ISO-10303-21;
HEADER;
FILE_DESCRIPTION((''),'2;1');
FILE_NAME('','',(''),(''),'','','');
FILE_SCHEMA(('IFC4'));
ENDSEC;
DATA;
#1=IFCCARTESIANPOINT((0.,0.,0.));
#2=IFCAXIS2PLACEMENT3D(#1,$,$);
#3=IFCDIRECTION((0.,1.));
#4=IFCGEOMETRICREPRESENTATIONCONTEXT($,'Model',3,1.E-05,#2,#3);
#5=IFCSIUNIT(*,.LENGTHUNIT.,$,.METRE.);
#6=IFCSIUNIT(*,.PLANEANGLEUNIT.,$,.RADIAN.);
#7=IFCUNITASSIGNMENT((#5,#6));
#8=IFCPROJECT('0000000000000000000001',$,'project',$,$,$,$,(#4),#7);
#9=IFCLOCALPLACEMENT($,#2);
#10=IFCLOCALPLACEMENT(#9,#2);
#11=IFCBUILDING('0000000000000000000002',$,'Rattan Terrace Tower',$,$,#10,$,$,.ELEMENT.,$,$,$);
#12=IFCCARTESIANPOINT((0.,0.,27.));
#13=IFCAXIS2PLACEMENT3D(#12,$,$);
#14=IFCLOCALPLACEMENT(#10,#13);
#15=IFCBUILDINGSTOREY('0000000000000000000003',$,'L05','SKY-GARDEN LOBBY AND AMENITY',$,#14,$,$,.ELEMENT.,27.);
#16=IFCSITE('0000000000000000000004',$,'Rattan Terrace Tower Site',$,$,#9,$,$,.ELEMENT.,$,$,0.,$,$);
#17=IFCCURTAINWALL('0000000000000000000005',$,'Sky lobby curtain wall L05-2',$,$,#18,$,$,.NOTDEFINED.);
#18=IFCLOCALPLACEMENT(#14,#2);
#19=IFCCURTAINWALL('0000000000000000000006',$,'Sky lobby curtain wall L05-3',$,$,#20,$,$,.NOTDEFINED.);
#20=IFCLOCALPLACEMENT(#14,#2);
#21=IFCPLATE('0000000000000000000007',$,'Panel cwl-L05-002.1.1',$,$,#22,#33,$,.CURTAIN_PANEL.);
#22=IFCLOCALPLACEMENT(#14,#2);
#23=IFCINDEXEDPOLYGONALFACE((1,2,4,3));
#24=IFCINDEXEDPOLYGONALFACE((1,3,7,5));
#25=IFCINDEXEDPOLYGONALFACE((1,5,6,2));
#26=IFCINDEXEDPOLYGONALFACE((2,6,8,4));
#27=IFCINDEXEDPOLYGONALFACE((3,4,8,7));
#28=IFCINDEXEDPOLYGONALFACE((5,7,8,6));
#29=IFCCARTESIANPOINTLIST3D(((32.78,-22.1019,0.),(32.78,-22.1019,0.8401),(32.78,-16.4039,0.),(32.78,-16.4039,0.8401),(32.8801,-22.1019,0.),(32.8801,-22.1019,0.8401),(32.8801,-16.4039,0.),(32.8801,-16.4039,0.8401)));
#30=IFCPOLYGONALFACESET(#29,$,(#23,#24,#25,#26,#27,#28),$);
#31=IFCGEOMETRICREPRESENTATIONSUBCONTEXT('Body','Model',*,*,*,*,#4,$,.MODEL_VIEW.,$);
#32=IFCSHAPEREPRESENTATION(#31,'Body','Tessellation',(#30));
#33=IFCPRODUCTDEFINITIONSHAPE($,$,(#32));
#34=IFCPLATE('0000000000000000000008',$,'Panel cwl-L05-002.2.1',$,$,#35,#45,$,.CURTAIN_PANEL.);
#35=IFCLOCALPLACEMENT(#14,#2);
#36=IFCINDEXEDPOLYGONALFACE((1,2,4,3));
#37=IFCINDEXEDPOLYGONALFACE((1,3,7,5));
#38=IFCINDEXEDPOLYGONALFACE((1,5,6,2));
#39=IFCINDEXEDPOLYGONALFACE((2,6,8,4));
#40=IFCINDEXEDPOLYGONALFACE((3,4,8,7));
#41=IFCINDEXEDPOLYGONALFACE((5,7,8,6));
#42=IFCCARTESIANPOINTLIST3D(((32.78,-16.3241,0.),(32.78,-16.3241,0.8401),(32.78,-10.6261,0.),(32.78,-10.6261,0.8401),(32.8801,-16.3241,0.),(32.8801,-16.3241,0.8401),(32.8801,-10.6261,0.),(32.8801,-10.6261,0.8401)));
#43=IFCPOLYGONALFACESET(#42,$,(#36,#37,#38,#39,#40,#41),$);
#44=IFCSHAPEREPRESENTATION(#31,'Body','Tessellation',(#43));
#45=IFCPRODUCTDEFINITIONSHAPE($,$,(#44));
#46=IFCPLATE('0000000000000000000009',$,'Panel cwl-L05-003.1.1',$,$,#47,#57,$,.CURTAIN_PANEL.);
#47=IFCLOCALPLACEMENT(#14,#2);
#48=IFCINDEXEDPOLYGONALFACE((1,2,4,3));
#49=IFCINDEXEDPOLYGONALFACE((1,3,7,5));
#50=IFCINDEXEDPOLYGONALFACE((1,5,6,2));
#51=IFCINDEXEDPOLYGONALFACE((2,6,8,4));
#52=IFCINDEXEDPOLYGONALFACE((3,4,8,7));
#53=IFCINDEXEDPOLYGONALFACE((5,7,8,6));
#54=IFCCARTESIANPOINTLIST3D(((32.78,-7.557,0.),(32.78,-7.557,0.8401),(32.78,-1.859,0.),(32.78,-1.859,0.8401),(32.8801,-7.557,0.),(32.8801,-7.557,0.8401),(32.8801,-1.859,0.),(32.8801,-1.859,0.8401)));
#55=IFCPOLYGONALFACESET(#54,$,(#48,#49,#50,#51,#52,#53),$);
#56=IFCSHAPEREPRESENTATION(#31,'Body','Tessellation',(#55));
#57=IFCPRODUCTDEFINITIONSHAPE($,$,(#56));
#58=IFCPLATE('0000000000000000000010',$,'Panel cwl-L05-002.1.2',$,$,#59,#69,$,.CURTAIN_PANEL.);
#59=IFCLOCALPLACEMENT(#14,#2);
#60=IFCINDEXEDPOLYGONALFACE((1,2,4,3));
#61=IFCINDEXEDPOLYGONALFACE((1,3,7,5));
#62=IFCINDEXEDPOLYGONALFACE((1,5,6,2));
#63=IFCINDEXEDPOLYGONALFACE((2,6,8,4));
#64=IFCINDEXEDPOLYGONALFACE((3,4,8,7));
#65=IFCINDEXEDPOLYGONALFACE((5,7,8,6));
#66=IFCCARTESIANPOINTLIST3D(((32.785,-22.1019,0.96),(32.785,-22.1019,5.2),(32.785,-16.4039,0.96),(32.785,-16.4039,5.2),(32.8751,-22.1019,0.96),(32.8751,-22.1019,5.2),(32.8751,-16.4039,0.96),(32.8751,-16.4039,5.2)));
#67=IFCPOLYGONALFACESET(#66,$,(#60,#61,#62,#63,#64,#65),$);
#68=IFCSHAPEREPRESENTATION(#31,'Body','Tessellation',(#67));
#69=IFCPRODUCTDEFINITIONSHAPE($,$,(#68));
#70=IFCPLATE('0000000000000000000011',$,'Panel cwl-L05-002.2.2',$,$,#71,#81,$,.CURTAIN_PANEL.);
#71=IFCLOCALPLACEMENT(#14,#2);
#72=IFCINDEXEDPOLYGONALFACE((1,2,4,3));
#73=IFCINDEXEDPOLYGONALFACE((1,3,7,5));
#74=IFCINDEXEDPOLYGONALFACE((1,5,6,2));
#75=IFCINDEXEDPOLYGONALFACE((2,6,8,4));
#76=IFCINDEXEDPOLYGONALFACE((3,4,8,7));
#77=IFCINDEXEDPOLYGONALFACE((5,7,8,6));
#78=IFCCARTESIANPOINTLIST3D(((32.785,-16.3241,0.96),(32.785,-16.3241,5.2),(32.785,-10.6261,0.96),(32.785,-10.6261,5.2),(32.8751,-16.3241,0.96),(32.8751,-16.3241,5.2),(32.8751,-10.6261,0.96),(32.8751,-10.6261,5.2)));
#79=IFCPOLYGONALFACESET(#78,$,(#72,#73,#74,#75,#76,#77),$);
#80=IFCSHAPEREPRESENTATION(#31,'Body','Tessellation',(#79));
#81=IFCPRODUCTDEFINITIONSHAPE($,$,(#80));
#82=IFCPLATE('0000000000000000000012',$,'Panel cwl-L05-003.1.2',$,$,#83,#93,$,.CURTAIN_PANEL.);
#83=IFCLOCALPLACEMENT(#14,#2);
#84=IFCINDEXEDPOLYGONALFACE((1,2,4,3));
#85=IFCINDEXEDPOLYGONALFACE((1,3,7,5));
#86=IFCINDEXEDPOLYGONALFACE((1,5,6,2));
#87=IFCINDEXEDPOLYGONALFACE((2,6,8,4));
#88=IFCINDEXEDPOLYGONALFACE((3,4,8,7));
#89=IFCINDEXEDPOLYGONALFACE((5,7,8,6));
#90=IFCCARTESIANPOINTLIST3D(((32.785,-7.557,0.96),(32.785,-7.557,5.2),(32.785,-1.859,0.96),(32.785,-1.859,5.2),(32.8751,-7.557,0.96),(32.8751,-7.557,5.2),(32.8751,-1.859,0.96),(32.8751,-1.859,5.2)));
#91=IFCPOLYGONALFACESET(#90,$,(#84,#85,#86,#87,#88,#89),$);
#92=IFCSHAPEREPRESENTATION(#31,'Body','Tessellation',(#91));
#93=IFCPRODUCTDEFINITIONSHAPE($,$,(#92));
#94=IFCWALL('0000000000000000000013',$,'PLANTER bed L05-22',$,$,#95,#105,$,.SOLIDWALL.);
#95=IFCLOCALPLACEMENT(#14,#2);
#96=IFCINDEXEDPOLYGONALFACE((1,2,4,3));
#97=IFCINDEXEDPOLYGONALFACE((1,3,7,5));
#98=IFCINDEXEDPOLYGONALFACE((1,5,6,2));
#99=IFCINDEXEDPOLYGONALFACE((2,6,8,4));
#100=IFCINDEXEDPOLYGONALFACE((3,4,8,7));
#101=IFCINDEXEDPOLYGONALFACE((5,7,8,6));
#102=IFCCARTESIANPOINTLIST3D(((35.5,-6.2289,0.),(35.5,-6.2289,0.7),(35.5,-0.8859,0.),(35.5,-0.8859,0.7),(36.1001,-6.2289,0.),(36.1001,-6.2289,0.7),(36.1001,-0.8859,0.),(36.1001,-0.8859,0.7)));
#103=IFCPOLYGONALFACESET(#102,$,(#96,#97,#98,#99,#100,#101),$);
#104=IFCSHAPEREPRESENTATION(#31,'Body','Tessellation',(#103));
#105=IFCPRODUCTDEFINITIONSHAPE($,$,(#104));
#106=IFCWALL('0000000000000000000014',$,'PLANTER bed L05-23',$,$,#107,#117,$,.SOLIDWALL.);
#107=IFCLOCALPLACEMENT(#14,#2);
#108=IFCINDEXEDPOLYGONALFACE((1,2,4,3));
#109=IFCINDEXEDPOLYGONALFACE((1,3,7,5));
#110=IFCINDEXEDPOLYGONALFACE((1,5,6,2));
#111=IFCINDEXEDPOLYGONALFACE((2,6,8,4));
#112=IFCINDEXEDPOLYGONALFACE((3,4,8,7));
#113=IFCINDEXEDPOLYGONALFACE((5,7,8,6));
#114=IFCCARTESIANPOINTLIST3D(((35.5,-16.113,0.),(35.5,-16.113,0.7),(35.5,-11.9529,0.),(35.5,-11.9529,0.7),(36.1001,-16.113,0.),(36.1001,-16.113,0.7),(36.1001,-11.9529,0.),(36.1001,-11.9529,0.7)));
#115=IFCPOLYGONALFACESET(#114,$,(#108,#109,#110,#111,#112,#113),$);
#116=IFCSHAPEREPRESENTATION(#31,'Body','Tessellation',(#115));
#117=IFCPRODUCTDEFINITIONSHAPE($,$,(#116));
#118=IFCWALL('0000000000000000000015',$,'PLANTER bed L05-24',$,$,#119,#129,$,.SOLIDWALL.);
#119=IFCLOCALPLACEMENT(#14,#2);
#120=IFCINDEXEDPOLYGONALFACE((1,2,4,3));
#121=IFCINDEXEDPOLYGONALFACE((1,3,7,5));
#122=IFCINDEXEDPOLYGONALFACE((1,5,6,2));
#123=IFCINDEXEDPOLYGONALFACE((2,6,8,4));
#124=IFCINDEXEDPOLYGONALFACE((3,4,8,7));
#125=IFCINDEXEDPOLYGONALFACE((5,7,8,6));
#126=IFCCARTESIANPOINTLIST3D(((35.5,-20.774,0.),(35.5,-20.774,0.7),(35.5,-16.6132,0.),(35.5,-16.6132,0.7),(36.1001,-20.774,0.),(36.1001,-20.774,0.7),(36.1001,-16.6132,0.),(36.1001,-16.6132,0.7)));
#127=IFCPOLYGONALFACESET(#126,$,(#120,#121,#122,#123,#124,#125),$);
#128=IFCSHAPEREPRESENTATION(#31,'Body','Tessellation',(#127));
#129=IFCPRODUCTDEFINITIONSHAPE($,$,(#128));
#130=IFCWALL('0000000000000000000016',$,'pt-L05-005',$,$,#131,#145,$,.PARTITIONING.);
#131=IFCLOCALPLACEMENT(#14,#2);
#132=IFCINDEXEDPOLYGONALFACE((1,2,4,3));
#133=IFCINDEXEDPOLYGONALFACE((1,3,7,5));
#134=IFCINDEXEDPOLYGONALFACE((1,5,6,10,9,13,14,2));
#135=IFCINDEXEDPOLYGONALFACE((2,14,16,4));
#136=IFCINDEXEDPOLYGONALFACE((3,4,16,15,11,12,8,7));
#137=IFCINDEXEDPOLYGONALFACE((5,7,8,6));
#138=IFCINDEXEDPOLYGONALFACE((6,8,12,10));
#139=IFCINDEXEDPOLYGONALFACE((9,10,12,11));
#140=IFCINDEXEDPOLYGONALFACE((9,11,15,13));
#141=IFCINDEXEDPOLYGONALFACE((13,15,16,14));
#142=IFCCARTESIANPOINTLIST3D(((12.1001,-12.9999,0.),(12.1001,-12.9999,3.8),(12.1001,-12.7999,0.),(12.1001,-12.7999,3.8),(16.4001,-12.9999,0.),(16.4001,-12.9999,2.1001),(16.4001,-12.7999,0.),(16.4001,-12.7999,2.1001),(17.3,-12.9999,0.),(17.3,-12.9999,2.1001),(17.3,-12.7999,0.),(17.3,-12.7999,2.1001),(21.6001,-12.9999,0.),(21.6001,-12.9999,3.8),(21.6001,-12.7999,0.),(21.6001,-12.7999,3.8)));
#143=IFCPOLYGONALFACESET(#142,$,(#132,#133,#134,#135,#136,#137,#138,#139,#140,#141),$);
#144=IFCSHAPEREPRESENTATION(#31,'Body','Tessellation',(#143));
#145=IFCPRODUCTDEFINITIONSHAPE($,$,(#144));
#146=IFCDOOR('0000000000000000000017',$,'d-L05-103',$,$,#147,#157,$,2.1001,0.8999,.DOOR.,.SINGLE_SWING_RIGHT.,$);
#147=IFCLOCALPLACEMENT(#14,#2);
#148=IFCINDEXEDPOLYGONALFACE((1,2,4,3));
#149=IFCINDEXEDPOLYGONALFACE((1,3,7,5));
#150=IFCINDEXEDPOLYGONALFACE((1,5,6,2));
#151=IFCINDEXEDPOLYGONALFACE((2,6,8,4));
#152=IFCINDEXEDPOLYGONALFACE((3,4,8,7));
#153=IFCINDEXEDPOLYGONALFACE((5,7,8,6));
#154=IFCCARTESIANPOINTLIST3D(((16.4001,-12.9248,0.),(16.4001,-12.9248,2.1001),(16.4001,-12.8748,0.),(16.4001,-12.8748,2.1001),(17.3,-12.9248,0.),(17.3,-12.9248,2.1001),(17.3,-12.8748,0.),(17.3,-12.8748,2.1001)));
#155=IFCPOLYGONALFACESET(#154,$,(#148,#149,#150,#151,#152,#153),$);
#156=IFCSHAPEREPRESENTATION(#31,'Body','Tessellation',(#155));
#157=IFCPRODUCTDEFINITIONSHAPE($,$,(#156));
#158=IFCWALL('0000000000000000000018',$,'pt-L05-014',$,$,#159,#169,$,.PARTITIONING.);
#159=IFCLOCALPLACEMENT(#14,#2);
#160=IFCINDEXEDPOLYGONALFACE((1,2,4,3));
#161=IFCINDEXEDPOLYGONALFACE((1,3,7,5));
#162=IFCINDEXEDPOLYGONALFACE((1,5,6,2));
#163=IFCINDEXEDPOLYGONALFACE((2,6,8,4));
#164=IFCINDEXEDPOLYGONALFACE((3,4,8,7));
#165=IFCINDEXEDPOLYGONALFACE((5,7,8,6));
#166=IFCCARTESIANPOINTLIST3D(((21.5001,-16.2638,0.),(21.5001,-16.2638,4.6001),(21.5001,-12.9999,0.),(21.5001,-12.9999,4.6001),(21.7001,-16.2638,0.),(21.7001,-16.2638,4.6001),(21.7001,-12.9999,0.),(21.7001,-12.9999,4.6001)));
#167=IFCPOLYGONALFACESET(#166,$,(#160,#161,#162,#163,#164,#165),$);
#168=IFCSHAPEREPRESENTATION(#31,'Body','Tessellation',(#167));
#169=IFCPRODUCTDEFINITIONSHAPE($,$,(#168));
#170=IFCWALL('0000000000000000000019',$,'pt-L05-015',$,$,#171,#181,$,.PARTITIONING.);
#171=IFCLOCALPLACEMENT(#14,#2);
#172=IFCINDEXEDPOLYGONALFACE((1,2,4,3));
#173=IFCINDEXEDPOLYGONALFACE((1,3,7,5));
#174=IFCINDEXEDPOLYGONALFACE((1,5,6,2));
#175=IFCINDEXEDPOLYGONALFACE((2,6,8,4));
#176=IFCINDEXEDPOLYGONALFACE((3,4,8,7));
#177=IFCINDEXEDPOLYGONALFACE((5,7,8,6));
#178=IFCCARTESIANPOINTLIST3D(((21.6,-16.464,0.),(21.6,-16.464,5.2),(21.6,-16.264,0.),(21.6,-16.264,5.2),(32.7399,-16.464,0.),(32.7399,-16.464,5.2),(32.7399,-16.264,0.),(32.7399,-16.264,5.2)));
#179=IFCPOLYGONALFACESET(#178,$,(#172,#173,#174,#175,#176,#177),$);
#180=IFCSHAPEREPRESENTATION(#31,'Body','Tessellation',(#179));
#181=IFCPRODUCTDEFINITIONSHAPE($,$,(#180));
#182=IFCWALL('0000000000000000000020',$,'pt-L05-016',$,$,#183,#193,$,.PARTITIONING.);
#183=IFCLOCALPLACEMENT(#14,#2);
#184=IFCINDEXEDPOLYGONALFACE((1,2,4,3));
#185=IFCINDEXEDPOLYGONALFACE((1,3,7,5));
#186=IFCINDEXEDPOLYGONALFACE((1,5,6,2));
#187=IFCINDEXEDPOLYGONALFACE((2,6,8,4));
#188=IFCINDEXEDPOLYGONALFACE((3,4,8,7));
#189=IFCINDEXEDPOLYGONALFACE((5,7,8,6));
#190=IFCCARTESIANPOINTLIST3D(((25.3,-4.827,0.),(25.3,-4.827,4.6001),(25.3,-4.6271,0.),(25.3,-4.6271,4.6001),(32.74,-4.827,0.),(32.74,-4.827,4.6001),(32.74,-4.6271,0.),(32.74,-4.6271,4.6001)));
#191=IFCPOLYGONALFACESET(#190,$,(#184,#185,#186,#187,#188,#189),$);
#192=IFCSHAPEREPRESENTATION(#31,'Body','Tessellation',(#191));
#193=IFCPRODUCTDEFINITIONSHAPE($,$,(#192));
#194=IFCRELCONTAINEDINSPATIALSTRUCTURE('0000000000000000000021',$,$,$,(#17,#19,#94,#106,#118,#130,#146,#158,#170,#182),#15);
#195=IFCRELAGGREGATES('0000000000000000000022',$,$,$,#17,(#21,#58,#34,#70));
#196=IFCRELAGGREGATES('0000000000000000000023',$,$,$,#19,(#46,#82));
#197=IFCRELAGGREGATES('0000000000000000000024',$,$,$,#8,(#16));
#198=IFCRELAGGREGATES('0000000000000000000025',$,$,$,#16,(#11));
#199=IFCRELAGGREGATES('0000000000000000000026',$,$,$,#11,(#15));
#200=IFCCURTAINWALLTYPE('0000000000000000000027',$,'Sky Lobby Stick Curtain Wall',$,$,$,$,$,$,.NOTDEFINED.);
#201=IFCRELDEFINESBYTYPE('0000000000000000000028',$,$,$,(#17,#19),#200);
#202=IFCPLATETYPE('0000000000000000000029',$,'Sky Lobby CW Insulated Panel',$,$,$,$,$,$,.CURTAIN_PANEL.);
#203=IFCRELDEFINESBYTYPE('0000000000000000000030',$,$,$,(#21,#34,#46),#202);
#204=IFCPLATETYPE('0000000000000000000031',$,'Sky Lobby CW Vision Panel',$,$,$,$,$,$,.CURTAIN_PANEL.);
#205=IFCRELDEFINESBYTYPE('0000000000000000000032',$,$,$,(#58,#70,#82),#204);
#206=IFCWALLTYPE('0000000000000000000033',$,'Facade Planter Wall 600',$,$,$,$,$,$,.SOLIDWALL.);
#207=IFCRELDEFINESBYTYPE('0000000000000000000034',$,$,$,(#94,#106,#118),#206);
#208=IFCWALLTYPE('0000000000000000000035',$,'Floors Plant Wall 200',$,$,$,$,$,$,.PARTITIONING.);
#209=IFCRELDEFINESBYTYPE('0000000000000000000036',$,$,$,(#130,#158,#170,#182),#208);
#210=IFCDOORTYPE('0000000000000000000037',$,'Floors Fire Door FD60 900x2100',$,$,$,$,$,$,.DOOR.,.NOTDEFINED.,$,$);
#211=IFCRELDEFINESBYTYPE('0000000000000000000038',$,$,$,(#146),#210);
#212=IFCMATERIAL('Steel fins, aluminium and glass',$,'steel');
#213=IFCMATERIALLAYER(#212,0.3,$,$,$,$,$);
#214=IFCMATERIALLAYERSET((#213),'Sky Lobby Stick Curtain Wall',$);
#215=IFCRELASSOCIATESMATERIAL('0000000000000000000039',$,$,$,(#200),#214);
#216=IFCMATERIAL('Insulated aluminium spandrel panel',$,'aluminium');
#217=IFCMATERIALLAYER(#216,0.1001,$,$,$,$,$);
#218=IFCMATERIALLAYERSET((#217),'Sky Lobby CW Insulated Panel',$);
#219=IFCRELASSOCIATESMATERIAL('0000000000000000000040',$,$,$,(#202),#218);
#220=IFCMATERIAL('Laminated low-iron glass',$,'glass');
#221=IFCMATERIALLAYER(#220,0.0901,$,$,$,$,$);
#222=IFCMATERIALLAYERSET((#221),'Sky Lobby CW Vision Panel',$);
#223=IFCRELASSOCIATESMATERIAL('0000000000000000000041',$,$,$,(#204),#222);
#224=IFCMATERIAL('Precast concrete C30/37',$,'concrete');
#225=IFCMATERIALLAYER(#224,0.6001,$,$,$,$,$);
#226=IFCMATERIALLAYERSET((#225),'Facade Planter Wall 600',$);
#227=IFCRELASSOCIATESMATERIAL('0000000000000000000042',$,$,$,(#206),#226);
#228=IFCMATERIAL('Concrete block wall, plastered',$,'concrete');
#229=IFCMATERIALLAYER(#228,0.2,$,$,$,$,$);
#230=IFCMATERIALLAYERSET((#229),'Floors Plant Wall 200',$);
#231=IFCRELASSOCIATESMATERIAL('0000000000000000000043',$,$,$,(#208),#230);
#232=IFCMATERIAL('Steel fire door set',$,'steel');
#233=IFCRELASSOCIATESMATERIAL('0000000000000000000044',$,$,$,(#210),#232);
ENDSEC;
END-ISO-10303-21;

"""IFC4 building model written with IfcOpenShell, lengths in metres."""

from ifc_helpers import new_model, si_unit, direction, frame, frame_2d, origin, origin_2d, place, context, subcontext, project, spatial, rectangle, extrude, material, layer, layer_set, type_object, element, fill, aggregate, save


model = new_model("IFC4")

# Units and contexts
model_context = context("Model", 3, precision=1e-05, world=origin(), true_north=direction((0.0, 1.0)))
body_context = subcontext(model_context, "Body", "Model", "MODEL_VIEW")
ifc_project = project(units=[si_unit("LENGTHUNIT", "METRE"), si_unit("PLANEANGLEUNIT", "RADIAN")], contexts=[model_context])

# Site, building, storey
site_placement = place(None, origin())
site = spatial("IfcSite", under=ifc_project, at=site_placement, Name="Rattan Terrace Tower Site", CompositionType="ELEMENT", RefElevation=0.0)
building_placement = place(site_placement, origin())
building = spatial("IfcBuilding", under=site, at=building_placement, Name="Rattan Terrace Tower", CompositionType="ELEMENT")
storey_placement = place(building_placement, frame((0.0, 0.0, 27.0)))
storey = spatial("IfcBuildingStorey", under=building, at=storey_placement, Name="L05", Description="SKY-GARDEN LOBBY AND AMENITY", CompositionType="ELEMENT", Elevation=27.0)

# Curtain walls
ifc_material_1 = material(Name="Steel fins, aluminium and glass", Category="steel")
ifc_layer_1 = layer(ifc_material_1, 0.3)
ifc_layer_set_1 = layer_set([ifc_layer_1], Name="Sky Lobby Stick Curtain Wall")
curtain_wall_type = type_object("IfcCurtainWallType", Name="Sky Lobby Stick Curtain Wall", PredefinedType="NOTDEFINED", material=ifc_layer_set_1)
curtain_wall_1_placement = place(storey_placement, origin())
curtain_wall_1 = element("IfcCurtainWall", 1, at=curtain_wall_1_placement, inside=storey, type_object=curtain_wall_type, Name="Sky lobby curtain wall L05-2", PredefinedType="NOTDEFINED")
curtain_wall_2_placement = place(storey_placement, origin())
curtain_wall_2 = element("IfcCurtainWall", 2, at=curtain_wall_2_placement, inside=storey, type_object=curtain_wall_type, Name="Sky lobby curtain wall L05-3", PredefinedType="NOTDEFINED")

# Plates
ifc_material_2 = material(Name="Insulated aluminium spandrel panel", Category="aluminium")
ifc_layer_2 = layer(ifc_material_2, 0.1001)
ifc_layer_set_2 = layer_set([ifc_layer_2], Name="Sky Lobby CW Insulated Panel")
plate_type_1 = type_object("IfcPlateType", Name="Sky Lobby CW Insulated Panel", PredefinedType="CURTAIN_PANEL", material=ifc_layer_set_2)
plate_1_placement = place(storey_placement, frame((32.8301, -19.2529, 0.0), z_axis=(0.0, 0.0, 1.0), x_axis=(0.0, 1.0, 0.0)))
plate_1 = element("IfcPlate", 3, at=plate_1_placement, type_object=plate_type_1, Name="Panel cwl-L05-002.1.1", PredefinedType="CURTAIN_PANEL", context=body_context, shape_type="SweptSolid", body=[
    extrude(rectangle(XDim=5.698, YDim=0.1001, at=origin_2d()), origin(), (0.0, 0.0, 1.0), 0.8401),
])
plate_2_placement = place(storey_placement, frame((32.8301, -13.4751, 0.0), z_axis=(0.0, 0.0, 1.0), x_axis=(0.0, 1.0, 0.0)))
plate_2 = element("IfcPlate", 4, at=plate_2_placement, type_object=plate_type_1, Name="Panel cwl-L05-002.2.1", PredefinedType="CURTAIN_PANEL", context=body_context, shape_type="SweptSolid", body=[
    extrude(rectangle(XDim=5.698, YDim=0.1001, at=origin_2d()), origin(), (0.0, 0.0, 1.0), 0.8401),
])
plate_3_placement = place(storey_placement, frame((32.8301, -4.708, 0.0), z_axis=(0.0, 0.0, 1.0), x_axis=(0.0, 1.0, 0.0)))
plate_3 = element("IfcPlate", 5, at=plate_3_placement, type_object=plate_type_1, Name="Panel cwl-L05-003.1.1", PredefinedType="CURTAIN_PANEL", context=body_context, shape_type="SweptSolid", body=[
    extrude(rectangle(XDim=5.698, YDim=0.1001, at=origin_2d()), origin(), (0.0, 0.0, 1.0), 0.8401),
])
ifc_material_3 = material(Name="Laminated low-iron glass", Category="glass")
ifc_layer_3 = layer(ifc_material_3, 0.0901)
ifc_layer_set_3 = layer_set([ifc_layer_3], Name="Sky Lobby CW Vision Panel")
plate_type_2 = type_object("IfcPlateType", Name="Sky Lobby CW Vision Panel", PredefinedType="CURTAIN_PANEL", material=ifc_layer_set_3)
plate_4_placement = place(storey_placement, frame((32.8301, -19.2529, 0.96), z_axis=(0.0, 0.0, 1.0), x_axis=(0.0, 1.0, 0.0)))
plate_4 = element("IfcPlate", 6, at=plate_4_placement, type_object=plate_type_2, Name="Panel cwl-L05-002.1.2", PredefinedType="CURTAIN_PANEL", context=body_context, shape_type="SweptSolid", body=[
    extrude(rectangle(XDim=5.698, YDim=0.0901, at=origin_2d()), origin(), (0.0, 0.0, 1.0), 4.24),
])
plate_5_placement = place(storey_placement, frame((32.8301, -13.4751, 0.96), z_axis=(0.0, 0.0, 1.0), x_axis=(0.0, 1.0, 0.0)))
plate_5 = element("IfcPlate", 7, at=plate_5_placement, type_object=plate_type_2, Name="Panel cwl-L05-002.2.2", PredefinedType="CURTAIN_PANEL", context=body_context, shape_type="SweptSolid", body=[
    extrude(rectangle(XDim=5.698, YDim=0.0901, at=origin_2d()), origin(), (0.0, 0.0, 1.0), 4.24),
])
aggregate(curtain_wall_1, [plate_1, plate_4, plate_2, plate_5])
plate_6_placement = place(storey_placement, frame((32.8301, -4.708, 0.96), z_axis=(0.0, 0.0, 1.0), x_axis=(0.0, 1.0, 0.0)))
plate_6 = element("IfcPlate", 8, at=plate_6_placement, type_object=plate_type_2, Name="Panel cwl-L05-003.1.2", PredefinedType="CURTAIN_PANEL", context=body_context, shape_type="SweptSolid", body=[
    extrude(rectangle(XDim=5.698, YDim=0.0901, at=origin_2d()), origin(), (0.0, 0.0, 1.0), 4.24),
])
aggregate(curtain_wall_2, [plate_3, plate_6])

# Walls
ifc_material_4 = material(Name="Precast concrete C30/37", Category="concrete")
ifc_layer_4 = layer(ifc_material_4, 0.6001)
ifc_layer_set_4 = layer_set([ifc_layer_4], Name="Facade Planter Wall 600")
wall_type_1 = type_object("IfcWallType", Name="Facade Planter Wall 600", PredefinedType="SOLIDWALL", material=ifc_layer_set_4)
wall_1_placement = place(storey_placement, frame((35.8, -0.886, 0.0), z_axis=(0.0, 0.0, 1.0), x_axis=(0.0, -1.0, 0.0)))
element("IfcWall", 9, at=wall_1_placement, inside=storey, type_object=wall_type_1, Name="PLANTER bed L05-22", PredefinedType="SOLIDWALL", context=body_context, shape_type="SweptSolid", body=[
    extrude(rectangle(XDim=5.343, YDim=0.6001, at=frame_2d((2.6714, 0.0))), origin(), (0.0, 0.0, 1.0), 0.7),
])
wall_2_placement = place(storey_placement, frame((35.8, -11.9529, 0.0), z_axis=(0.0, 0.0, 1.0), x_axis=(0.0, -1.0, 0.0)))
element("IfcWall", 10, at=wall_2_placement, inside=storey, type_object=wall_type_1, Name="PLANTER bed L05-23", PredefinedType="SOLIDWALL", context=body_context, shape_type="SweptSolid", body=[
    extrude(rectangle(XDim=4.1602, YDim=0.6001, at=frame_2d((2.0801, 0.0))), origin(), (0.0, 0.0, 1.0), 0.7),
])
wall_3_placement = place(storey_placement, frame((35.8, -16.613, 0.0), z_axis=(0.0, 0.0, 1.0), x_axis=(0.0, -1.0, 0.0)))
element("IfcWall", 11, at=wall_3_placement, inside=storey, type_object=wall_type_1, Name="PLANTER bed L05-24", PredefinedType="SOLIDWALL", context=body_context, shape_type="SweptSolid", body=[
    extrude(rectangle(XDim=4.1609, YDim=0.6001, at=frame_2d((2.0806, 0.0))), origin(), (0.0, 0.0, 1.0), 0.7),
])

# Wall, opening, door
ifc_material_5 = material(Name="Concrete block wall, plastered", Category="concrete")
ifc_layer_5 = layer(ifc_material_5, 0.2)
ifc_layer_set_5 = layer_set([ifc_layer_5], Name="Floors Plant Wall 200")
wall_type_2 = type_object("IfcWallType", Name="Floors Plant Wall 200", PredefinedType="PARTITIONING", material=ifc_layer_set_5)
wall_4_placement = place(storey_placement, frame((21.6001, -12.8999, 0.0), z_axis=(0.0, 0.0, 1.0), x_axis=(-1.0, 0.0, 0.0)))
wall_4 = element("IfcWall", 12, at=wall_4_placement, inside=storey, type_object=wall_type_2, Name="pt-L05-005", PredefinedType="PARTITIONING", context=body_context, shape_type="SweptSolid", body=[
    extrude(rectangle(XDim=9.5, YDim=0.2, at=frame_2d((4.75, 0.0))), origin(), (0.0, 0.0, 1.0), 3.8),
])
opening_1_placement = place(wall_4_placement, frame((4.3, 0.0, 0.0)))
opening_1 = element("IfcOpeningElement", 13, at=opening_1_placement, cuts=wall_4, PredefinedType="OPENING", context=body_context, shape_type="SweptSolid", body=[
    extrude(rectangle(XDim=0.8999, YDim=2.1001, at=frame_2d((0.45, 1.05))), frame((0.0, 0.1106, 0.0), z_axis=(0.0, -1.0, 0.0), x_axis=(1.0, 0.0, 0.0)), (0.0, 0.0, 1.0), 0.2209),
])
ifc_material_6 = material(Name="Steel fire door set", Category="steel")
door_type_1 = type_object("IfcDoorType", Name="Floors Fire Door FD60 900x2100", OperationType="NOTDEFINED", PredefinedType="DOOR", material=ifc_material_6)
door_1_placement = place(opening_1_placement, origin())
door_1 = element("IfcDoor", 14, at=door_1_placement, inside=storey, type_object=door_type_1, Name="d-L05-103", OperationType="SINGLE_SWING_RIGHT", OverallHeight=2.1001, OverallWidth=0.8999, PredefinedType="DOOR", context=body_context, shape_type="SweptSolid", body=[
    extrude(rectangle(XDim=0.8999, YDim=2.1001, at=frame_2d((0.45, 1.05))), frame((0.0, 0.0249, 0.0), z_axis=(0.0, -1.0, 0.0), x_axis=(1.0, 0.0, 0.0)), (0.0, 0.0, 1.0), 0.05),
])
fill(opening_1, door_1)

# Walls
wall_5_placement = place(storey_placement, frame((21.6001, -13.0, 0.0), z_axis=(0.0, 0.0, 1.0), x_axis=(0.0, -1.0, 0.0)))
element("IfcWall", 15, at=wall_5_placement, inside=storey, type_object=wall_type_2, Name="pt-L05-014", PredefinedType="PARTITIONING", context=body_context, shape_type="SweptSolid", body=[
    extrude(rectangle(XDim=3.2639, YDim=0.2, at=frame_2d((1.6318, 0.0))), origin(), (0.0, 0.0, 1.0), 4.6001),
])
wall_6_placement = place(storey_placement, frame((21.6001, -16.364, 0.0), z_axis=(0.0, 0.0, 1.0), x_axis=(1.0, 0.0, 0.0)))
element("IfcWall", 16, at=wall_6_placement, inside=storey, type_object=wall_type_2, Name="pt-L05-015", PredefinedType="PARTITIONING", context=body_context, shape_type="SweptSolid", body=[
    extrude(rectangle(XDim=11.1399, YDim=0.2, at=frame_2d((5.5698, 0.0))), origin(), (0.0, 0.0, 1.0), 5.2),
])
wall_7_placement = place(storey_placement, frame((25.3, -4.7271, 0.0), z_axis=(0.0, 0.0, 1.0), x_axis=(1.0, 0.0, 0.0)))
element("IfcWall", 17, at=wall_7_placement, inside=storey, type_object=wall_type_2, Name="pt-L05-016", PredefinedType="PARTITIONING", context=body_context, shape_type="SweptSolid", body=[
    extrude(rectangle(XDim=7.4399, YDim=0.2, at=frame_2d((3.72, 0.0))), origin(), (0.0, 0.0, 1.0), 4.6001),
])

save(model, "model.ifc")
